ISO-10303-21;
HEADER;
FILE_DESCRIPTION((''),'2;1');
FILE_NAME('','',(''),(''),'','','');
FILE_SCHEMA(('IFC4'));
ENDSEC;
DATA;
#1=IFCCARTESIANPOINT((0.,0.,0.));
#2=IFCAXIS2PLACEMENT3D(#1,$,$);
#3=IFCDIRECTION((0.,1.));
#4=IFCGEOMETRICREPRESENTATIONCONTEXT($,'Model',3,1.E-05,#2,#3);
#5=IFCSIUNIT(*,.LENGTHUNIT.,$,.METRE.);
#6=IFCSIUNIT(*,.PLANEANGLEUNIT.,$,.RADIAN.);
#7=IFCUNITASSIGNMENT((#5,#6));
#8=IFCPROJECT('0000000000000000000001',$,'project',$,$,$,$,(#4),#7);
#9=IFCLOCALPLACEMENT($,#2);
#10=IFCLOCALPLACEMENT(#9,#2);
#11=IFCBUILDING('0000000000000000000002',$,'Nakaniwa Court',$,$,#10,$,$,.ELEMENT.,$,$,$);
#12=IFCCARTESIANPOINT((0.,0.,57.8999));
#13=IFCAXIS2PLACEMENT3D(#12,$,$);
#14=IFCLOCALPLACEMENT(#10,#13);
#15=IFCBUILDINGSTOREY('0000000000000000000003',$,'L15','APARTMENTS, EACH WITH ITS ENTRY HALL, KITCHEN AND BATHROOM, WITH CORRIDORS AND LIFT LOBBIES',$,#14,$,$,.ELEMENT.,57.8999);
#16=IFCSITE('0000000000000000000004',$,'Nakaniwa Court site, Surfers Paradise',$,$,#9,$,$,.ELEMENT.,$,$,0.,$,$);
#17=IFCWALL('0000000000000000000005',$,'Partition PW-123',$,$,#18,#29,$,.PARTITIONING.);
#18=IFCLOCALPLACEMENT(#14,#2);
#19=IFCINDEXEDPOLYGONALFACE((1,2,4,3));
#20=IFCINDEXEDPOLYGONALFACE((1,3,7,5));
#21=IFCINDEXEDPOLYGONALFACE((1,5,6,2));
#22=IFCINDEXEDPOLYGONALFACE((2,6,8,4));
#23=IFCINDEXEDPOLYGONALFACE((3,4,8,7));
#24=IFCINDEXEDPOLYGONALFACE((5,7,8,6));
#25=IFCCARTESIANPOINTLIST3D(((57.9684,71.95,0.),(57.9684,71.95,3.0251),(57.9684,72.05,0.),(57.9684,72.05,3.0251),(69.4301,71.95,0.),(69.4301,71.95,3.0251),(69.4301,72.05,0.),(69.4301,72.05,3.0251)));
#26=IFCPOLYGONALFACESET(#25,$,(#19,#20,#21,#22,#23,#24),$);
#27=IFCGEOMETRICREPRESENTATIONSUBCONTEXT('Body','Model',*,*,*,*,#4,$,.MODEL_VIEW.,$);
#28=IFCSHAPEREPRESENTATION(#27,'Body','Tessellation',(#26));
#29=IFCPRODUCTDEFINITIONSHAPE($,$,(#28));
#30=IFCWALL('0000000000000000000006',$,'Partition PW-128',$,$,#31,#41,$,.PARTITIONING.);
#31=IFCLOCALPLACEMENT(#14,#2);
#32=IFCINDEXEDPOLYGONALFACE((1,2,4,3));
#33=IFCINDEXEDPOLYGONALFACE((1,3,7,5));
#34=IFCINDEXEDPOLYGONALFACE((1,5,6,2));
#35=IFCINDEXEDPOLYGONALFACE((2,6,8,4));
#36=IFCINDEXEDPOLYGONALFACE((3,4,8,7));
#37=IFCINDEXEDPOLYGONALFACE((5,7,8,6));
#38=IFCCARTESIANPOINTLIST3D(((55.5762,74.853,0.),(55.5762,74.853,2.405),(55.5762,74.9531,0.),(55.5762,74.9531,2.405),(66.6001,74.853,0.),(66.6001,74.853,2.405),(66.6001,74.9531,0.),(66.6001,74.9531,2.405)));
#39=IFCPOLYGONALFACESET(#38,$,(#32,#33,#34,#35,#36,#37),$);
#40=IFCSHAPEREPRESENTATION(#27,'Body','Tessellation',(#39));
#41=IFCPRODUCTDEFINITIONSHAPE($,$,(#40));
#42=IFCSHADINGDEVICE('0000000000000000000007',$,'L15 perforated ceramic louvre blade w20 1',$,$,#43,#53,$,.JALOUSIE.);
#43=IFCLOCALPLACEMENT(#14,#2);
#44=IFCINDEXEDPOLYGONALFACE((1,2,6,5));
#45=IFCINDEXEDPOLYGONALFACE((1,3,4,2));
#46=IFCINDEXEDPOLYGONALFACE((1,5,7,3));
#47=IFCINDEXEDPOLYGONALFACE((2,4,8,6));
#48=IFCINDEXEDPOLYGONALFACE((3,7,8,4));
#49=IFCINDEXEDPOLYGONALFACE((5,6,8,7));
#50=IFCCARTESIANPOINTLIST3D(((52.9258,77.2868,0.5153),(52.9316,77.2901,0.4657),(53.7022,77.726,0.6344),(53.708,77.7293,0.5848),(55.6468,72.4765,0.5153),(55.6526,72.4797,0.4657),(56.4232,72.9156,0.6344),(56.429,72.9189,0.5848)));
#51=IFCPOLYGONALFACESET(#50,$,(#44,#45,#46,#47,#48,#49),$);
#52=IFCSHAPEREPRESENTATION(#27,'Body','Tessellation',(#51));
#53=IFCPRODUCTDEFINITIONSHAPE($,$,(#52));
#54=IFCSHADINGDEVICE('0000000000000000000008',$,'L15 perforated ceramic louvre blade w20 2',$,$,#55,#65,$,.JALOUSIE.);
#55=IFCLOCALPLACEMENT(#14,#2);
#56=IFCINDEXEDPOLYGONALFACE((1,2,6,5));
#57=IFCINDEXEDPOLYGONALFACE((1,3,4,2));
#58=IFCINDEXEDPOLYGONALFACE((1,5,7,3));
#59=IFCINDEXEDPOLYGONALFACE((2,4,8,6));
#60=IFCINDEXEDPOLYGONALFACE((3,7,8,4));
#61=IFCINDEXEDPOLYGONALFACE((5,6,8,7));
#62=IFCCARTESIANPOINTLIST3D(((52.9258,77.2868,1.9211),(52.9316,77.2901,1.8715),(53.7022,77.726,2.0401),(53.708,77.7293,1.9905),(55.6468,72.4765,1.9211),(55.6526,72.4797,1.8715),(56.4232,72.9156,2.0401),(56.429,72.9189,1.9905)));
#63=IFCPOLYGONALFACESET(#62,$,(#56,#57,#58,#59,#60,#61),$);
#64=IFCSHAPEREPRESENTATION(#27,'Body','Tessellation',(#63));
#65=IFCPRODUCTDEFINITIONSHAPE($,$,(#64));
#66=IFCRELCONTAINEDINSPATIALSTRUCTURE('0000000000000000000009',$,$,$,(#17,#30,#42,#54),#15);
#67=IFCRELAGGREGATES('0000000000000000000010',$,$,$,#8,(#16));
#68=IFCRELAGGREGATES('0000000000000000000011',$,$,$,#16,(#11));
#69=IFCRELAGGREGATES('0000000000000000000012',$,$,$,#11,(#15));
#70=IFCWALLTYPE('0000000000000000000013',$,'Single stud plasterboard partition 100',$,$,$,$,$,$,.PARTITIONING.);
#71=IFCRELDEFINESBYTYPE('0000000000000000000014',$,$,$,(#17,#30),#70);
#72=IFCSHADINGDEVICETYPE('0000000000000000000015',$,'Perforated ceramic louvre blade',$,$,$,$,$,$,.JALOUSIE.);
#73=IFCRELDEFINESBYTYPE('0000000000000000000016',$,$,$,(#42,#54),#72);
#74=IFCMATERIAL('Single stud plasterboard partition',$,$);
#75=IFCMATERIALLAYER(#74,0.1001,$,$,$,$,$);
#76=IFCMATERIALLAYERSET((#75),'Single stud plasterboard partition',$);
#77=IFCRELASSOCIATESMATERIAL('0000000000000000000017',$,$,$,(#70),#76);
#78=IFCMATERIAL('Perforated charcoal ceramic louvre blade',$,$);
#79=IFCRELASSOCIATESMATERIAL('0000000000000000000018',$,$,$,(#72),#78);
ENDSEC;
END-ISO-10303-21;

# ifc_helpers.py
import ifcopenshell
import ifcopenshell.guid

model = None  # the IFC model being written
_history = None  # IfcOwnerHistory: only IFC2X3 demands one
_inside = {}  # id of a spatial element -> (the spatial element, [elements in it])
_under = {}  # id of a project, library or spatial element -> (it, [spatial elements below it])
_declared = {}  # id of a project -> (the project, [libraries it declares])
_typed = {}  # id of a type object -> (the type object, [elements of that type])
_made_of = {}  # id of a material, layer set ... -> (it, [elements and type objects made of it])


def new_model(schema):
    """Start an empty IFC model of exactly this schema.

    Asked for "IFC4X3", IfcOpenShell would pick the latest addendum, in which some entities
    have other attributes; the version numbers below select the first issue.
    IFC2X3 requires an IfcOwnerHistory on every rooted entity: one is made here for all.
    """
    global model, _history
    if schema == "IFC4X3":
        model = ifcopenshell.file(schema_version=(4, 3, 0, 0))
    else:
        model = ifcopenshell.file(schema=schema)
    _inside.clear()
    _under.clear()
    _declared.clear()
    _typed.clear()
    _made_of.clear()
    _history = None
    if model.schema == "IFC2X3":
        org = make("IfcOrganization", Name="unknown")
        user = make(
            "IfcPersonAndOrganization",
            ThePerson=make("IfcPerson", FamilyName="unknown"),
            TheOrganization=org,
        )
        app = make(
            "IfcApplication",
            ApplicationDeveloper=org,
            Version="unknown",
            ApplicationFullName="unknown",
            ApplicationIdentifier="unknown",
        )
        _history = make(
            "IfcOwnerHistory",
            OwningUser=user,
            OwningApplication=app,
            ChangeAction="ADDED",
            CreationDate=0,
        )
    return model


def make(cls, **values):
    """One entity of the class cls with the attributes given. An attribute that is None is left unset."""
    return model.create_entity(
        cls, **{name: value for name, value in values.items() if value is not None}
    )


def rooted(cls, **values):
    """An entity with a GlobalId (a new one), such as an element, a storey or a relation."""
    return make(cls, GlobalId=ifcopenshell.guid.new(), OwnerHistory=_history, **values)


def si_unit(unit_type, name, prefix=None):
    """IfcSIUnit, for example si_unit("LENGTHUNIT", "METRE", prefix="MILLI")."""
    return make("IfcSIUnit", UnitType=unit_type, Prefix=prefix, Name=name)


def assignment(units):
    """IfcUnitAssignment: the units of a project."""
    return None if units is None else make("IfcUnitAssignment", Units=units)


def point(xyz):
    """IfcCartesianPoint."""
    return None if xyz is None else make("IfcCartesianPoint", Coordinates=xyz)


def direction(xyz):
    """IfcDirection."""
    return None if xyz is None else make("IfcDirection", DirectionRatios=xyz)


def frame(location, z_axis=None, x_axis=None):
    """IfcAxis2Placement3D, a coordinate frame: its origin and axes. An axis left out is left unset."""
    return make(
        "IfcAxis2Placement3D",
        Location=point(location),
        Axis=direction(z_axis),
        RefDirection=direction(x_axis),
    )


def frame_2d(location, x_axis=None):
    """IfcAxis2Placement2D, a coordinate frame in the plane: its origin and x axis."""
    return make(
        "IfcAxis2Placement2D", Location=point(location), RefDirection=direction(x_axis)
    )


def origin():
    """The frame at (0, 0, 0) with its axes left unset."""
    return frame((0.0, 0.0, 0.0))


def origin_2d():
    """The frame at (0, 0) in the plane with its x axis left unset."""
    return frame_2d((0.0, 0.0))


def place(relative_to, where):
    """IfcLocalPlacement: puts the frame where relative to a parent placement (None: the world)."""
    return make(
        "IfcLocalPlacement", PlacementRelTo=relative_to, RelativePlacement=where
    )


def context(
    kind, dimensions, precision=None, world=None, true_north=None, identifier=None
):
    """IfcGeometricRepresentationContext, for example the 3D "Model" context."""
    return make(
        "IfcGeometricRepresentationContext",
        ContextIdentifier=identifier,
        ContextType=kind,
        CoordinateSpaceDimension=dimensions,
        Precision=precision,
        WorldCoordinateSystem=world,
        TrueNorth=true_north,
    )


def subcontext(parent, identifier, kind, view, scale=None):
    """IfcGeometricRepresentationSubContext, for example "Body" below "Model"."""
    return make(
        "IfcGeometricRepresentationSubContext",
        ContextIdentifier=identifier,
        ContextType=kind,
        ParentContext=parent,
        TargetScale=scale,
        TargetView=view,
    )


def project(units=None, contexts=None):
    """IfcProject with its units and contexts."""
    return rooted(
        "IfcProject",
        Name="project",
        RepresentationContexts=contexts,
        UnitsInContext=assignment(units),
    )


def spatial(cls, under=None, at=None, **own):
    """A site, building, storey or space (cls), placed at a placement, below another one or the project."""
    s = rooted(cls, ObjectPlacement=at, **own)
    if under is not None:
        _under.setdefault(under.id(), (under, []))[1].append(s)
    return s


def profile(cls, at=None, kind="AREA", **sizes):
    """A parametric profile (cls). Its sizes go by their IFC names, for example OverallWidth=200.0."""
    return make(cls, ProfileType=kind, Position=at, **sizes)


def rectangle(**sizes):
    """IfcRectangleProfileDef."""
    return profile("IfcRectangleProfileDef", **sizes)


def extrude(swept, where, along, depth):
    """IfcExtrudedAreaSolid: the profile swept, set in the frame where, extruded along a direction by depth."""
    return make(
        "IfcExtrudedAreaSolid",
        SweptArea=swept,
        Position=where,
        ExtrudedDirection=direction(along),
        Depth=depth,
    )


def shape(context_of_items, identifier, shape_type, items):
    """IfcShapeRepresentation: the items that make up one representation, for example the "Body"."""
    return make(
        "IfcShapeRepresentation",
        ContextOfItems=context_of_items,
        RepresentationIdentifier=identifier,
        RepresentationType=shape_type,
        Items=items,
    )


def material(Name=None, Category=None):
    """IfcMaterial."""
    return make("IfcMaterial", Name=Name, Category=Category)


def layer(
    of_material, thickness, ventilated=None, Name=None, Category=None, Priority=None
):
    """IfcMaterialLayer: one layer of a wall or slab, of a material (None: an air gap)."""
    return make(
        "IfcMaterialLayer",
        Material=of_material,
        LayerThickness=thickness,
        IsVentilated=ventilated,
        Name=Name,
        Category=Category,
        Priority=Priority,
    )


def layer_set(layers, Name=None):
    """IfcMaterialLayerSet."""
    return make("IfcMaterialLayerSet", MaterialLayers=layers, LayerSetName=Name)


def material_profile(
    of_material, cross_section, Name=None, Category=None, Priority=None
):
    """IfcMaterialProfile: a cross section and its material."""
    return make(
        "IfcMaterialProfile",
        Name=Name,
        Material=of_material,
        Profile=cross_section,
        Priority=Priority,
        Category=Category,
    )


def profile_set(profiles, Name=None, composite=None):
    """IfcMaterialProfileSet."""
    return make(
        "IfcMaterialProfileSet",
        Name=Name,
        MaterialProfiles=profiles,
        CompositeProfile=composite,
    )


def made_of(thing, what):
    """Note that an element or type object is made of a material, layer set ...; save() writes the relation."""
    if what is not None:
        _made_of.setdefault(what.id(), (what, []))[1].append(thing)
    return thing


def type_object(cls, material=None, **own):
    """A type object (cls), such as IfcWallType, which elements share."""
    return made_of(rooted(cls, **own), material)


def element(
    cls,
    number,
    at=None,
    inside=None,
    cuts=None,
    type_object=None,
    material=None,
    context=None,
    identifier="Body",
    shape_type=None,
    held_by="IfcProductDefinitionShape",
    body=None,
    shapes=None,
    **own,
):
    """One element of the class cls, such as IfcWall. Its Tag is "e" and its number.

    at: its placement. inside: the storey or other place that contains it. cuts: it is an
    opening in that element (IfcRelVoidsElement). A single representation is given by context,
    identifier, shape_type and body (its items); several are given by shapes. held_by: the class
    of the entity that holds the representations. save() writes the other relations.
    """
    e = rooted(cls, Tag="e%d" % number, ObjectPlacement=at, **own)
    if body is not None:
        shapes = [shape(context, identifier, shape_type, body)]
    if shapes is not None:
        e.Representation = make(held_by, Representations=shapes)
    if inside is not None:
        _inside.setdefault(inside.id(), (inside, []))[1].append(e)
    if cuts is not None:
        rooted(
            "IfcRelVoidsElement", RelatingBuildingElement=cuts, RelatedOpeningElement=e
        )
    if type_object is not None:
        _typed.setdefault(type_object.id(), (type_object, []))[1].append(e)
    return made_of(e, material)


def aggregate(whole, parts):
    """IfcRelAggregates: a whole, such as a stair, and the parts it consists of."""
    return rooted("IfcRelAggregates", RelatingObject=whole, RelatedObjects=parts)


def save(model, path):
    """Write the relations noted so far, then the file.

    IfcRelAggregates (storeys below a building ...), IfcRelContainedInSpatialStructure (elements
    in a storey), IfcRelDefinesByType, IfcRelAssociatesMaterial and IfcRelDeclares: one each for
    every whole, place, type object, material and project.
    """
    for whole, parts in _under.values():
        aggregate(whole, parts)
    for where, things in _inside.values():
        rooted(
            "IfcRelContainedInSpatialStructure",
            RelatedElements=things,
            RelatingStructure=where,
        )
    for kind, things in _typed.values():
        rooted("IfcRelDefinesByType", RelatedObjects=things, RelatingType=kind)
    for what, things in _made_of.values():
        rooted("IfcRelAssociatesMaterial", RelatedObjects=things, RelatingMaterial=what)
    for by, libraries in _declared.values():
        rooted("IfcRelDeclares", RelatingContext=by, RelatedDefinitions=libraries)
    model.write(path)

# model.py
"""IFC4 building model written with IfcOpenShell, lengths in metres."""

from ifc_helpers import new_model, si_unit, direction, frame, frame_2d, origin, origin_2d, place, context, subcontext, project, spatial, rectangle, extrude, material, layer, layer_set, material_profile, profile_set, type_object, element, save


model = new_model("IFC4")

# Units and contexts
model_context = context("Model", 3, precision=1e-05, world=origin(), true_north=direction((0.0, 1.0)))
body_context = subcontext(model_context, "Body", "Model", "MODEL_VIEW")
ifc_project = project(units=[si_unit("LENGTHUNIT", "METRE"), si_unit("PLANEANGLEUNIT", "RADIAN")], contexts=[model_context])

# Site, building, storey
site_placement = place(None, origin())
site = spatial("IfcSite", under=ifc_project, at=site_placement, Name="Nakaniwa Court site, Surfers Paradise", CompositionType="ELEMENT", RefElevation=0.0)
building_placement = place(site_placement, origin())
building = spatial("IfcBuilding", under=site, at=building_placement, Name="Nakaniwa Court", CompositionType="ELEMENT")
storey_placement = place(building_placement, frame((0.0, 0.0, 57.8999)))
storey = spatial("IfcBuildingStorey", under=building, at=storey_placement, Name="L15", Description="APARTMENTS, EACH WITH ITS ENTRY HALL, KITCHEN AND BATHROOM, WITH CORRIDORS AND LIFT LOBBIES", CompositionType="ELEMENT", Elevation=57.8999)

# Walls
ifc_material_1 = material(Name="Single stud plasterboard partition")
ifc_layer_1 = layer(ifc_material_1, 0.1001)
ifc_layer_set_1 = layer_set([ifc_layer_1], Name="Single stud plasterboard partition")
wall_type_1 = type_object("IfcWallType", Name="Single stud plasterboard partition 100", PredefinedType="PARTITIONING", material=ifc_layer_set_1)
wall_1_placement = place(storey_placement, frame((57.9683, 72.0, 0.0), z_axis=(0.0, 0.0, 1.0), x_axis=(1.0, 0.0, 0.0)))
element("IfcWall", 1, at=wall_1_placement, inside=storey, type_object=wall_type_1, Name="Partition PW-123", PredefinedType="PARTITIONING", context=body_context, shape_type="SweptSolid", body=[
    extrude(rectangle(XDim=11.4617, YDim=0.1001, at=frame_2d((5.731, 0.0))), origin(), (0.0, 0.0, 1.0), 3.0251),
])
wall_2_placement = place(storey_placement, frame((55.5762, 74.9031, 0.0), z_axis=(0.0, 0.0, 1.0), x_axis=(1.0, 0.0, 0.0)))
element("IfcWall", 2, at=wall_2_placement, inside=storey, type_object=wall_type_1, Name="Partition PW-128", PredefinedType="PARTITIONING", context=body_context, shape_type="SweptSolid", body=[
    extrude(rectangle(XDim=11.0239, YDim=0.1001, at=frame_2d((5.512, 0.0))), origin(), (0.0, 0.0, 1.0), 2.405),
])

# Shading devices
ifc_material_2 = material(Name="Perforated charcoal ceramic louvre blade")
ifc_material_profile_1 = material_profile(ifc_material_2, rectangle(XDim=0.8999, YDim=0.05, at=origin_2d()), Name="Perforated ceramic louvre blade")
ifc_profile_set_1 = profile_set([ifc_material_profile_1], Name="Perforated charcoal ceramic louvre blade")
shading_device_type = type_object("IfcShadingDeviceType", Name="Perforated ceramic louvre blade", PredefinedType="JALOUSIE", material=ifc_profile_set_1)
for number, where, z_axis, x_axis, name in (
    (3, (53.3169, 77.5081, 0.55), (0.492343, -0.870402, 0.0), (0.862756, 0.488018, 0.132256), "L15 perforated ceramic louvre blade w20 1"),
    (4, (53.3169, 77.5081, 1.9558), (0.492343, -0.870402, 0.0), (0.862756, 0.488018, 0.132256), "L15 perforated ceramic louvre blade w20 2"),
):
    element("IfcShadingDevice", number, at=place(storey_placement, frame(where, z_axis=z_axis, x_axis=x_axis)), inside=storey, type_object=shading_device_type, Name=name, PredefinedType="JALOUSIE", context=body_context, shape_type="SweptSolid", body=[
        extrude(rectangle(XDim=0.8999, YDim=0.05, at=origin_2d()), origin(), (0.0, 0.0, 1.0), 5.5266),
    ])

save(model, "model.ifc")
